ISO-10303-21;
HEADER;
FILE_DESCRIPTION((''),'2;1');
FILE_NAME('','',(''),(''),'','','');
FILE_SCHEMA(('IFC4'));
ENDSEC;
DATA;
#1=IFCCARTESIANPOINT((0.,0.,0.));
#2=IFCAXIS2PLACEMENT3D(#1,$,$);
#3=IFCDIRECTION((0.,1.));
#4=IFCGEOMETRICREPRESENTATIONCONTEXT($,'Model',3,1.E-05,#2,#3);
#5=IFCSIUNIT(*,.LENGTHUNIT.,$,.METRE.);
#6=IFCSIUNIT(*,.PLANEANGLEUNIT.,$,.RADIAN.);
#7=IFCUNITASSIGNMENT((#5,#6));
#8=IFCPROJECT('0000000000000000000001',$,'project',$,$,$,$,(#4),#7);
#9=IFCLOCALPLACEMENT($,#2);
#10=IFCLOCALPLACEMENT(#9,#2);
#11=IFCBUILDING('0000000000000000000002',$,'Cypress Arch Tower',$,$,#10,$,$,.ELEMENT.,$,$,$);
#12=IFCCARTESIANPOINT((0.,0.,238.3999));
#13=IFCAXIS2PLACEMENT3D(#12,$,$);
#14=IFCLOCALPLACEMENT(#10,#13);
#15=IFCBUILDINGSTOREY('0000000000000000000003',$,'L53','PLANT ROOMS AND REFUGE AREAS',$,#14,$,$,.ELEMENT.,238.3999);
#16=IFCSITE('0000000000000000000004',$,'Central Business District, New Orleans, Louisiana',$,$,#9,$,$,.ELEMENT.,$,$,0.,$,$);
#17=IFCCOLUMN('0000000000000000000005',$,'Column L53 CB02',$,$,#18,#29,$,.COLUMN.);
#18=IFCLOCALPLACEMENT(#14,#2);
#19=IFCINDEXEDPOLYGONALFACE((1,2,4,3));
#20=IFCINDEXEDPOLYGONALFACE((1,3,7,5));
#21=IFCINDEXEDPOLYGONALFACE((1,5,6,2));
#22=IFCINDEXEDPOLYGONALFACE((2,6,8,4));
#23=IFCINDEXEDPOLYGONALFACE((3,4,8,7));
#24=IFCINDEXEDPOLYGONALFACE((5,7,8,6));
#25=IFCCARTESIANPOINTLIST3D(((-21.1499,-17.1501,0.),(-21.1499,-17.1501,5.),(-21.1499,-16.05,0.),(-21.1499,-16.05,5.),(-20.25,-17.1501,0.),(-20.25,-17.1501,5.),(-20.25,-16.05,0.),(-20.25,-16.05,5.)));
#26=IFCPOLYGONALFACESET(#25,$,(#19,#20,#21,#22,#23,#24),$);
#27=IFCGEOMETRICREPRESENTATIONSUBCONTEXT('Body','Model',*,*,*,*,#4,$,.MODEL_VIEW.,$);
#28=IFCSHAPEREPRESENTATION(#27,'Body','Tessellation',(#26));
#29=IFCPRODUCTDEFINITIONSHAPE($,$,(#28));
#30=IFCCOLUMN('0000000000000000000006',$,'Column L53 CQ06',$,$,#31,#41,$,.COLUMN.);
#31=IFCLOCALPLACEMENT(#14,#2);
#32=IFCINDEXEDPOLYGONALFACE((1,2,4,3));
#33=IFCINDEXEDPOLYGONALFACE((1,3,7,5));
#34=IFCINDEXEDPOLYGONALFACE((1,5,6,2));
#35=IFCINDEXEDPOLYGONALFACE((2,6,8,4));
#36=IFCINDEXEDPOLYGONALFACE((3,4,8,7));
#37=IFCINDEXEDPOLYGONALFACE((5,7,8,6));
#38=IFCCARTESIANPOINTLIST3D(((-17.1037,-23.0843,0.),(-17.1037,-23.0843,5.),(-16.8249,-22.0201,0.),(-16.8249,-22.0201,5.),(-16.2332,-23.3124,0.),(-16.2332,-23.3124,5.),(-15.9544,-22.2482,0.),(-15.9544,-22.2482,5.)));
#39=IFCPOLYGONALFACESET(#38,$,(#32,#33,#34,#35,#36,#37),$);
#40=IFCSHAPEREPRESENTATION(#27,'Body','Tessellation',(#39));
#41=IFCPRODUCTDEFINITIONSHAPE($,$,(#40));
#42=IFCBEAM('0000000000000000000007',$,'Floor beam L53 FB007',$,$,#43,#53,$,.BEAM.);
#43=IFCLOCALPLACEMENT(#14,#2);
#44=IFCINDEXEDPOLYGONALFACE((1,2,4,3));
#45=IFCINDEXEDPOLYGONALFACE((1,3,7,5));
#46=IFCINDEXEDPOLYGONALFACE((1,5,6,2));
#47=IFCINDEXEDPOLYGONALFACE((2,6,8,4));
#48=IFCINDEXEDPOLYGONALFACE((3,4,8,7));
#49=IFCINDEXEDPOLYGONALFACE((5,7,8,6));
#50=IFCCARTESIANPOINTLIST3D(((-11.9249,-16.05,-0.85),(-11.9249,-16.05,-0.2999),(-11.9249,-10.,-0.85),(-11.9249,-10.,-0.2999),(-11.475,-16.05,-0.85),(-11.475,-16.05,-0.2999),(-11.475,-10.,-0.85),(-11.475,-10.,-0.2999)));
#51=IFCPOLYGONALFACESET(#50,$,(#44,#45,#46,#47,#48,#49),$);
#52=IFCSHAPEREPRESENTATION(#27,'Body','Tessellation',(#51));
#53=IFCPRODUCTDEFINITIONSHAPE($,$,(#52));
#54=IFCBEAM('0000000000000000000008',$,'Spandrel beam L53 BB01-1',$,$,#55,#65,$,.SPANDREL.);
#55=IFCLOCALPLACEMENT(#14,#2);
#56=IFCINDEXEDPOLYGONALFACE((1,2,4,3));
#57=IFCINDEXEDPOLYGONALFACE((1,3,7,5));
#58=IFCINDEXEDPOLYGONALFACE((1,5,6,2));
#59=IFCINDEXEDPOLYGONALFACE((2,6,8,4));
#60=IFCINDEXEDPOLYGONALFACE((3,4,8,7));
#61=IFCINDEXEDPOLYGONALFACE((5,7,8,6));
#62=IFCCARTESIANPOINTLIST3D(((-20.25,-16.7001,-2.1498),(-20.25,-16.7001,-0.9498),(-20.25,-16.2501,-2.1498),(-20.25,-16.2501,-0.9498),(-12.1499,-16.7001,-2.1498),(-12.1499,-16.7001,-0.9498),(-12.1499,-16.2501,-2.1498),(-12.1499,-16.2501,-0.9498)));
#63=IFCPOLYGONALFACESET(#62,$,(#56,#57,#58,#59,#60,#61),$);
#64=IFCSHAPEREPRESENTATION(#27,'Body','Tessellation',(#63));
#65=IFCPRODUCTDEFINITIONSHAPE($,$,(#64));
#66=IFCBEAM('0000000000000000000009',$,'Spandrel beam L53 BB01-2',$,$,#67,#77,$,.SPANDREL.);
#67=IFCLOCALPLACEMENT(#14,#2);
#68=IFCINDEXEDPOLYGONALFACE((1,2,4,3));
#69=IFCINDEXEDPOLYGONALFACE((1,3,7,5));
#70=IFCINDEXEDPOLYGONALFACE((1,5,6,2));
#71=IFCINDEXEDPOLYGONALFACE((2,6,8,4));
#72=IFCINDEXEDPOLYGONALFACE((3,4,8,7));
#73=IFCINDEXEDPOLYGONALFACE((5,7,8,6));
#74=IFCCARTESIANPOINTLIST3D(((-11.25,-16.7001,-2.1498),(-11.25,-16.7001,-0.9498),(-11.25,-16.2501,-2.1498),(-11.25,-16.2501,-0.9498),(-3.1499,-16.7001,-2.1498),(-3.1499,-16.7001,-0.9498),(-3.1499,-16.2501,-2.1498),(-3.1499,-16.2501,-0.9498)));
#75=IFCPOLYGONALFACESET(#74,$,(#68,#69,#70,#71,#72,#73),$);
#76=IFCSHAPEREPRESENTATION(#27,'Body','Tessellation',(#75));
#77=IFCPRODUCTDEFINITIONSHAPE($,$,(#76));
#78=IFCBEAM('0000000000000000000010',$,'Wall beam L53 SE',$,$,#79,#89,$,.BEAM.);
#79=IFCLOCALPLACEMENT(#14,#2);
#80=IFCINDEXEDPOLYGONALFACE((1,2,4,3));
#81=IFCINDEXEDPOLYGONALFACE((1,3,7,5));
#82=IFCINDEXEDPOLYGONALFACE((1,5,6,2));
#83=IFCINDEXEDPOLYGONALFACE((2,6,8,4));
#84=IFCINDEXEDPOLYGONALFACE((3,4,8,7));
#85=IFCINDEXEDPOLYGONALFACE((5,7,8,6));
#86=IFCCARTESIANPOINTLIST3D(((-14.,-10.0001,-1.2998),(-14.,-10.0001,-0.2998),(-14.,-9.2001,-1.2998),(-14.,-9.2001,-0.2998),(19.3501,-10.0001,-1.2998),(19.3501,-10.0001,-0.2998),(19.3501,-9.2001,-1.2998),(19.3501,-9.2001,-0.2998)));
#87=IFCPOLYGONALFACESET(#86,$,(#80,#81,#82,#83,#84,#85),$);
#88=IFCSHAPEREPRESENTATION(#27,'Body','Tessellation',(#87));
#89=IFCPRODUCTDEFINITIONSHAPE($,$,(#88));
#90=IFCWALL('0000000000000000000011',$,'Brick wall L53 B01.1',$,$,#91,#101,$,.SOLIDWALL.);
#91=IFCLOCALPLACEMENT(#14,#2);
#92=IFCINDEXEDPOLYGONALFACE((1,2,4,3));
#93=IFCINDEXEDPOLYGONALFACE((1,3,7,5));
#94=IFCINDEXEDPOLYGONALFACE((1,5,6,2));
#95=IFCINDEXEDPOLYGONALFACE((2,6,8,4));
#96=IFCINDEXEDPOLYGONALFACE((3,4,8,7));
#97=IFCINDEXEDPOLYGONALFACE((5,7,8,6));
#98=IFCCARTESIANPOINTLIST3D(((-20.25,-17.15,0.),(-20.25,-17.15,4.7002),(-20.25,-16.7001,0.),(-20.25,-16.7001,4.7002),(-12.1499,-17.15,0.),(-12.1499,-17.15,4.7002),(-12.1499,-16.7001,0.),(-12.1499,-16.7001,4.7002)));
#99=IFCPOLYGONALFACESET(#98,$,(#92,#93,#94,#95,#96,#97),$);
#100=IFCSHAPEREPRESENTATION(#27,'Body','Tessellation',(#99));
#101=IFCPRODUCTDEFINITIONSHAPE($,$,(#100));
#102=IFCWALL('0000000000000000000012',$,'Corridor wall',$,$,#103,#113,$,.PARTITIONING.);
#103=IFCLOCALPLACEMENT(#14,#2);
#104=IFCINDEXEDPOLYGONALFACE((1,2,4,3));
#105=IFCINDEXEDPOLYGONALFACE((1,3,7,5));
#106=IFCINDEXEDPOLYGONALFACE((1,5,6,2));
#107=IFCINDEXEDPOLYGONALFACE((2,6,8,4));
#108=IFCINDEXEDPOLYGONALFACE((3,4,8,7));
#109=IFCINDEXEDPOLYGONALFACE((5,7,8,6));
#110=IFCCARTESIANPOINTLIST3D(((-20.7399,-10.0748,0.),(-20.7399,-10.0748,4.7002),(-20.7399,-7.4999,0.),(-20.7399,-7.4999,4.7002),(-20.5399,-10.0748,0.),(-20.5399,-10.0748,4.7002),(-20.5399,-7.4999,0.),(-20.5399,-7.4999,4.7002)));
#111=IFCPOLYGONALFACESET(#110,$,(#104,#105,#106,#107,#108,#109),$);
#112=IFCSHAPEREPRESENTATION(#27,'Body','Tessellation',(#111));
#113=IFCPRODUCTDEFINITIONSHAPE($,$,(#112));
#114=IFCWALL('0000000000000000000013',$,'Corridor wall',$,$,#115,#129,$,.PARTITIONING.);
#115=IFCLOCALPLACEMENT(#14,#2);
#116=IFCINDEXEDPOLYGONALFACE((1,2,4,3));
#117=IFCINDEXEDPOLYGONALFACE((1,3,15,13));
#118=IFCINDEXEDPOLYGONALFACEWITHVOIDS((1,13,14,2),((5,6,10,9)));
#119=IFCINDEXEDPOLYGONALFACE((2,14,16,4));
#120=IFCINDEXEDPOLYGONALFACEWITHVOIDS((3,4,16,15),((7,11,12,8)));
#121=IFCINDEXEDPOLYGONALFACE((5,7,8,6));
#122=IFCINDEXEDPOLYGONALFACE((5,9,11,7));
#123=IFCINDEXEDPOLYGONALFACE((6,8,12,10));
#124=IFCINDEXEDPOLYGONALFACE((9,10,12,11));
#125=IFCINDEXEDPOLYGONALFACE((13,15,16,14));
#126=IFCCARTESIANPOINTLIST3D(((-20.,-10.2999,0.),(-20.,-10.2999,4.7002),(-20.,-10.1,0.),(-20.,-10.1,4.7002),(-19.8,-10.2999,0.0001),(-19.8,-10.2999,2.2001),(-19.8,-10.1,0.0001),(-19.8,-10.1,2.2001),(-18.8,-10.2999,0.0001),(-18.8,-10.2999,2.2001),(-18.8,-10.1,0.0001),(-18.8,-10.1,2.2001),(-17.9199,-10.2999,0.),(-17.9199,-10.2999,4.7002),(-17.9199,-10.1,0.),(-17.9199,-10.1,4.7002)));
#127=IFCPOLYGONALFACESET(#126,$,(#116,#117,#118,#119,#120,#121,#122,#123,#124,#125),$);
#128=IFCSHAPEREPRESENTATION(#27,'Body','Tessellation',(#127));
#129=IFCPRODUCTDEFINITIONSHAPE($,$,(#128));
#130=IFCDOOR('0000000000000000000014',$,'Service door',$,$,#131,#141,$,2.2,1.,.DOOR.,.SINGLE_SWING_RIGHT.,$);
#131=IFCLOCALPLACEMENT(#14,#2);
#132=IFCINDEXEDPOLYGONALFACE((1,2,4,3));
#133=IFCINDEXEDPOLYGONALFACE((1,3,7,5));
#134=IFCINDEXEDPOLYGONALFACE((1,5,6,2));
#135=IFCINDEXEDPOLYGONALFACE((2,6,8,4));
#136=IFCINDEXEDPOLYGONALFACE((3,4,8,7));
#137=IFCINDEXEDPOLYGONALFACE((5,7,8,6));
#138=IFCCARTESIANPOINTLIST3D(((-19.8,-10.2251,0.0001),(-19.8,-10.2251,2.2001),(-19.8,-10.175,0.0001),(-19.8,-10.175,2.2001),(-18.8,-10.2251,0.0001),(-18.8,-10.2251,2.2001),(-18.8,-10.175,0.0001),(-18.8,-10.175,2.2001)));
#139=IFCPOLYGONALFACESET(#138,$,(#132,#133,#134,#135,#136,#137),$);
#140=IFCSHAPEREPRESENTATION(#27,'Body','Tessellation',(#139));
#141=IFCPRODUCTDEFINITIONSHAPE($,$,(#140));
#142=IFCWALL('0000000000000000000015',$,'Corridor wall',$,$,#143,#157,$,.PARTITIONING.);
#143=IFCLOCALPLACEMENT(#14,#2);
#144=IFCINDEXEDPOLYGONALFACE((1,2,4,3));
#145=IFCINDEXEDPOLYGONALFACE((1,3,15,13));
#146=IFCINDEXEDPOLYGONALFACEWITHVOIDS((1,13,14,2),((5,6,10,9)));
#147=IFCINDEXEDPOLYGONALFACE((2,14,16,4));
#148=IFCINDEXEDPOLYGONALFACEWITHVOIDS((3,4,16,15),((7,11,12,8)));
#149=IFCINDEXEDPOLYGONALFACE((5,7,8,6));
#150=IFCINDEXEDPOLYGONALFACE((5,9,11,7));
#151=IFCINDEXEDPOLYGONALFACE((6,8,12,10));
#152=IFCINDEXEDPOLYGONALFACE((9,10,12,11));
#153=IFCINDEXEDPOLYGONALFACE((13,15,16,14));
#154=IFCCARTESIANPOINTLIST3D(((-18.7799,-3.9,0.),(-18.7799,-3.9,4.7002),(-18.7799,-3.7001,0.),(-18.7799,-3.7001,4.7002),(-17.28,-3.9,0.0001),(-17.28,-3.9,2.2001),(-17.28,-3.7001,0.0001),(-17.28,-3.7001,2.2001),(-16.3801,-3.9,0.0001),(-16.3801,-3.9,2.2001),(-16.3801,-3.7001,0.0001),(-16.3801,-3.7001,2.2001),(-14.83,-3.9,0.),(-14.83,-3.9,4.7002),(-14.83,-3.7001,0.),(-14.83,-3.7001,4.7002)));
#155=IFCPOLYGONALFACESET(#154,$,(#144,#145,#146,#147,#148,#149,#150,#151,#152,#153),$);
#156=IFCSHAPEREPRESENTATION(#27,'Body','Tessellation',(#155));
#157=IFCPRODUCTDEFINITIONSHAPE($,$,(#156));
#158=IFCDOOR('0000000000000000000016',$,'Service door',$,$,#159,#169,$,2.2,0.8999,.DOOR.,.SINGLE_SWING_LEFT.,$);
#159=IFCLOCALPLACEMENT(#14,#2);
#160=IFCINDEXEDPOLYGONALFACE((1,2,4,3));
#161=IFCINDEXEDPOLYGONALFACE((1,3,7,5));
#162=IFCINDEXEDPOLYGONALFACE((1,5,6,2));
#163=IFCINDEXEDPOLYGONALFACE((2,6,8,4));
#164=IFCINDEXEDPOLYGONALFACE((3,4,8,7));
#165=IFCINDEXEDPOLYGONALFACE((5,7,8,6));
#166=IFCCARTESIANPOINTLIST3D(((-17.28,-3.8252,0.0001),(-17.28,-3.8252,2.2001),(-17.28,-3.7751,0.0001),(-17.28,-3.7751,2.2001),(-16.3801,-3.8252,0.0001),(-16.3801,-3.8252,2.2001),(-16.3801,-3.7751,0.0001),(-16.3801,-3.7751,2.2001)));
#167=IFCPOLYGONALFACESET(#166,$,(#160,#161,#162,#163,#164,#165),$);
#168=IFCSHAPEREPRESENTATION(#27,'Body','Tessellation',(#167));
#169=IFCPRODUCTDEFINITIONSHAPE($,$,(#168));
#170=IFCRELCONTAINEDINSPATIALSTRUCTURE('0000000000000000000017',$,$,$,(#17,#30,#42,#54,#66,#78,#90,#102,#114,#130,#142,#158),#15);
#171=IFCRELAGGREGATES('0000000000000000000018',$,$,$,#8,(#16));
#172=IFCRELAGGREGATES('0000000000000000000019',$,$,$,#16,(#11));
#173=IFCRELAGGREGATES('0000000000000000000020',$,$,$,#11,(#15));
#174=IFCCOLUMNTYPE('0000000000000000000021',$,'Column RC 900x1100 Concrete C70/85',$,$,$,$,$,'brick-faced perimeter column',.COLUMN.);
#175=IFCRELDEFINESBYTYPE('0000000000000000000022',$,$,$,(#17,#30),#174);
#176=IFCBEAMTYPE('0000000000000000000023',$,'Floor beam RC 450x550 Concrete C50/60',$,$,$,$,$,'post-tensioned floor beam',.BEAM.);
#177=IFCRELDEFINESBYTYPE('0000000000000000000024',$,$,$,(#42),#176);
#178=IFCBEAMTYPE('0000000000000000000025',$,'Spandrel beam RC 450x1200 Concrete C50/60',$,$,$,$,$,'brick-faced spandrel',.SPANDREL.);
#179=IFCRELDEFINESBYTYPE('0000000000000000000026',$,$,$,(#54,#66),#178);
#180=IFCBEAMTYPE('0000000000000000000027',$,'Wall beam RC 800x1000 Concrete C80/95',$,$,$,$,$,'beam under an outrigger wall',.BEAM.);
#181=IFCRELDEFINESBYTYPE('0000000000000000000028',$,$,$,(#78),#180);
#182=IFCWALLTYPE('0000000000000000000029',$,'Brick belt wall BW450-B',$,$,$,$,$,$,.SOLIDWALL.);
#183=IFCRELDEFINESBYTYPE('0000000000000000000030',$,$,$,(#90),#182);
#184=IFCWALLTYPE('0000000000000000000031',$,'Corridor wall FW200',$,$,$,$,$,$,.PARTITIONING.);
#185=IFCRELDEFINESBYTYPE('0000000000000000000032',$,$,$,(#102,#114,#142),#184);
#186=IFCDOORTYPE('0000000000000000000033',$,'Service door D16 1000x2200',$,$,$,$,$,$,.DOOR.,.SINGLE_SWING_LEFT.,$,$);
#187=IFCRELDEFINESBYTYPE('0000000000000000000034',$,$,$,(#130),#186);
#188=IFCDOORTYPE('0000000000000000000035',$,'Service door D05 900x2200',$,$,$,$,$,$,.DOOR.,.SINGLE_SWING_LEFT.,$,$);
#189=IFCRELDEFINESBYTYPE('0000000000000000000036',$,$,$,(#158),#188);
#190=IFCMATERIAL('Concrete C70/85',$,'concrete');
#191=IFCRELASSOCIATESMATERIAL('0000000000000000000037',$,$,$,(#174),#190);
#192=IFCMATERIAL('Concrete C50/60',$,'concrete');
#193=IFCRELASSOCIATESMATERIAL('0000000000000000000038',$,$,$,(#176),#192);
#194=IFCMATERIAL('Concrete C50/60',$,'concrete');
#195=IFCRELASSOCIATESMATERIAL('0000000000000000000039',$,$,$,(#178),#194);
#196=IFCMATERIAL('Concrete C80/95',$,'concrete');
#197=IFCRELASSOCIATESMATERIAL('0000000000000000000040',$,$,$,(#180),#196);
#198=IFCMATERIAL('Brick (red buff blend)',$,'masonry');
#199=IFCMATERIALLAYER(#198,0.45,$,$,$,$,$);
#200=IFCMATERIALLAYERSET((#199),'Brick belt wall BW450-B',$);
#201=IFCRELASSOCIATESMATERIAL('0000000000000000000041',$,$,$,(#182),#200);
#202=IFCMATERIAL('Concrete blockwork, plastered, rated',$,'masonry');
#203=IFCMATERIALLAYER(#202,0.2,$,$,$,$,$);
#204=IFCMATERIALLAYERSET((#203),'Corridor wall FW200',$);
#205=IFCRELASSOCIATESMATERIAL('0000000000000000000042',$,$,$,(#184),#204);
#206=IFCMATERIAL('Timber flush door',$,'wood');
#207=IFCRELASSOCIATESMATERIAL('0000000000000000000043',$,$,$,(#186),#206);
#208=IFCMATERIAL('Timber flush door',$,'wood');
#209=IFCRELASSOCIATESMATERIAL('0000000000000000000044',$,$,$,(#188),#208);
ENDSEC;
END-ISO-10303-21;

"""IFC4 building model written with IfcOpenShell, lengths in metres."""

from ifc_helpers import new_model, si_unit, direction, frame, frame_2d, origin, origin_2d, place, context, subcontext, project, spatial, rectangle, extrude, material, layer, layer_set, material_profile, profile_set, type_object, element, fill, save


model = new_model("IFC4")

# Units and contexts
model_context = context("Model", 3, precision=1e-05, world=origin(), true_north=direction((0.0, 1.0)))
body_context = subcontext(model_context, "Body", "Model", "MODEL_VIEW")
ifc_project = project(units=[si_unit("LENGTHUNIT", "METRE"), si_unit("PLANEANGLEUNIT", "RADIAN")], contexts=[model_context])

# Site, building, storey
site_placement = place(None, origin())
site = spatial("IfcSite", under=ifc_project, at=site_placement, Name="Central Business District, New Orleans, Louisiana", CompositionType="ELEMENT", RefElevation=0.0)
building_placement = place(site_placement, origin())
building = spatial("IfcBuilding", under=site, at=building_placement, Name="Cypress Arch Tower", CompositionType="ELEMENT")
storey_placement = place(building_placement, frame((0.0, 0.0, 238.3999)))
storey = spatial("IfcBuildingStorey", under=building, at=storey_placement, Name="L53", Description="PLANT ROOMS AND REFUGE AREAS", CompositionType="ELEMENT", Elevation=238.3999)

# Columns
ifc_material_1 = material(Name="Concrete C70/85", Category="concrete")
ifc_material_profile_1 = material_profile(ifc_material_1, rectangle(XDim=0.8999, YDim=1.1001, at=origin_2d()), Name="RC 900x1100")
ifc_profile_set_1 = profile_set([ifc_material_profile_1], Name="Concrete C70/85")
column_type = type_object("IfcColumnType", Name="Column RC 900x1100 Concrete C70/85", ElementType="brick-faced perimeter column", PredefinedType="COLUMN", material=ifc_profile_set_1)
for number, where, z_axis, x_axis, name in (
    (1, (-20.7, -16.6001, 0.0), (0.0, 0.0, 1.0), (1.0, 0.0, 0.0), "Column L53 CB02"),
    (2, (-16.5291, -22.6663, 0.0), (0.0, 0.0, 1.0), (0.967356, -0.253422, 0.0), "Column L53 CQ06"),
):
    element("IfcColumn", number, at=place(storey_placement, frame(where, z_axis=z_axis, x_axis=x_axis)), inside=storey, type_object=column_type, Name=name, PredefinedType="COLUMN", context=body_context, shape_type="SweptSolid", body=[
        extrude(rectangle(XDim=0.8999, YDim=1.1001, at=origin_2d()), origin(), (0.0, 0.0, 1.0), 5.0),
    ])

# Beams
ifc_material_2 = material(Name="Concrete C50/60", Category="concrete")
ifc_material_profile_2 = material_profile(ifc_material_2, rectangle(XDim=0.45, YDim=0.55, at=origin_2d()), Name="RC 450x550")
ifc_profile_set_2 = profile_set([ifc_material_profile_2], Name="Concrete C50/60")
beam_type_1 = type_object("IfcBeamType", Name="Floor beam RC 450x550 Concrete C50/60", ElementType="post-tensioned floor beam", PredefinedType="BEAM", material=ifc_profile_set_2)
beam_1_placement = place(storey_placement, frame((-11.7, -16.05, -0.575), z_axis=(0.0, 1.0, 0.0), x_axis=(-1.0, 0.0, 0.0)))
element("IfcBeam", 3, at=beam_1_placement, inside=storey, type_object=beam_type_1, Name="Floor beam L53 FB007", PredefinedType="BEAM", context=body_context, shape_type="SweptSolid", body=[
    extrude(rectangle(XDim=0.45, YDim=0.55, at=origin_2d()), origin(), (0.0, 0.0, 1.0), 6.05),
])
ifc_material_3 = material(Name="Concrete C50/60", Category="concrete")
ifc_material_profile_3 = material_profile(ifc_material_3, rectangle(XDim=0.45, YDim=1.2, at=origin_2d()), Name="RC 450x1200")
ifc_profile_set_3 = profile_set([ifc_material_profile_3], Name="Concrete C50/60")
beam_type_2 = type_object("IfcBeamType", Name="Spandrel beam RC 450x1200 Concrete C50/60", ElementType="brick-faced spandrel", PredefinedType="SPANDREL", material=ifc_profile_set_3)
for number, where, z_axis, x_axis, name in (
    (4, (-20.25, -16.4751, -1.5498), (1.0, 0.0, 0.0), (0.0, 1.0, 0.0), "Spandrel beam L53 BB01-1"),
    (5, (-11.25, -16.4751, -1.5498), (1.0, 0.0, 0.0), (0.0, 1.0, 0.0), "Spandrel beam L53 BB01-2"),
):
    element("IfcBeam", number, at=place(storey_placement, frame(where, z_axis=z_axis, x_axis=x_axis)), inside=storey, type_object=beam_type_2, Name=name, PredefinedType="SPANDREL", context=body_context, shape_type="SweptSolid", body=[
        extrude(rectangle(XDim=0.45, YDim=1.2, at=origin_2d()), origin(), (0.0, 0.0, 1.0), 8.1001),
    ])
ifc_material_4 = material(Name="Concrete C80/95", Category="concrete")
ifc_material_profile_4 = material_profile(ifc_material_4, rectangle(XDim=0.8, YDim=1.0, at=origin_2d()), Name="RC 800x1000")
ifc_profile_set_4 = profile_set([ifc_material_profile_4], Name="Concrete C80/95")
beam_type_3 = type_object("IfcBeamType", Name="Wall beam RC 800x1000 Concrete C80/95", ElementType="beam under an outrigger wall", PredefinedType="BEAM", material=ifc_profile_set_4)
beam_2_placement = place(storey_placement, frame((-14.0, -9.6001, -0.7998), z_axis=(1.0, 0.0, 0.0), x_axis=(0.0, 1.0, 0.0)))
element("IfcBeam", 6, at=beam_2_placement, inside=storey, type_object=beam_type_3, Name="Wall beam L53 SE", PredefinedType="BEAM", context=body_context, shape_type="SweptSolid", body=[
    extrude(rectangle(XDim=0.8, YDim=1.0, at=origin_2d()), origin(), (0.0, 0.0, 1.0), 33.3501),
])

# Wall
ifc_material_5 = material(Name="Brick (red buff blend)", Category="masonry")
ifc_layer_1 = layer(ifc_material_5, 0.45)
ifc_layer_set_1 = layer_set([ifc_layer_1], Name="Brick belt wall BW450-B")
wall_type_1 = type_object("IfcWallType", Name="Brick belt wall BW450-B", PredefinedType="SOLIDWALL", material=ifc_layer_set_1)
wall_1_placement = place(storey_placement, frame((-20.25, -16.925, 0.0), z_axis=(0.0, 0.0, 1.0), x_axis=(1.0, 0.0, 0.0)))
element("IfcWall", 7, at=wall_1_placement, inside=storey, type_object=wall_type_1, Name="Brick wall L53 B01.1", PredefinedType="SOLIDWALL", context=body_context, shape_type="SweptSolid", body=[
    extrude(rectangle(XDim=8.1001, YDim=0.45, at=frame_2d((4.05, 0.0))), origin(), (0.0, 0.0, 1.0), 4.7002),
])

# Wall
ifc_material_6 = material(Name="Concrete blockwork, plastered, rated", Category="masonry")
ifc_layer_2 = layer(ifc_material_6, 0.2)
ifc_layer_set_2 = layer_set([ifc_layer_2], Name="Corridor wall FW200")
wall_type_2 = type_object("IfcWallType", Name="Corridor wall FW200", PredefinedType="PARTITIONING", material=ifc_layer_set_2)
wall_2_placement = place(storey_placement, frame((-20.6399, -10.075, 0.0), z_axis=(0.0, 0.0, 1.0), x_axis=(0.0, 1.0, 0.0)))
element("IfcWall", 8, at=wall_2_placement, inside=storey, type_object=wall_type_2, Name="Corridor wall", PredefinedType="PARTITIONING", context=body_context, shape_type="SweptSolid", body=[
    extrude(rectangle(XDim=2.575, YDim=0.2, at=frame_2d((1.2876, 0.0))), origin(), (0.0, 0.0, 1.0), 4.7002),
])

# Walls, openings, doors
wall_3_placement = place(storey_placement, frame((-20.0, -10.2, 0.0), z_axis=(0.0, 0.0, 1.0), x_axis=(1.0, 0.0, 0.0)))
wall_3 = element("IfcWall", 9, at=wall_3_placement, inside=storey, type_object=wall_type_2, Name="Corridor wall", PredefinedType="PARTITIONING", context=body_context, shape_type="SweptSolid", body=[
    extrude(rectangle(XDim=2.0801, YDim=0.2, at=frame_2d((1.04, 0.0))), origin(), (0.0, 0.0, 1.0), 4.7002),
])
opening_1_placement = place(wall_3_placement, frame((0.2, 0.0, 0.0)))
opening_1 = element("IfcOpeningElement", 10, at=opening_1_placement, cuts=wall_3, PredefinedType="OPENING", context=body_context, shape_type="SweptSolid", body=[
    extrude(rectangle(XDim=1.0, YDim=2.2, at=frame_2d((0.5, 1.1001))), frame((0.0, 0.1099, 0.0), z_axis=(0.0, -1.0, 0.0), x_axis=(1.0, 0.0, 0.0)), (0.0, 0.0, 1.0), 0.22),
])
ifc_material_7 = material(Name="Timber flush door", Category="wood")
door_type_1 = type_object("IfcDoorType", Name="Service door D16 1000x2200", OperationType="SINGLE_SWING_LEFT", PredefinedType="DOOR", material=ifc_material_7)
door_1_placement = place(opening_1_placement, origin())
door_1 = element("IfcDoor", 11, at=door_1_placement, inside=storey, type_object=door_type_1, Name="Service door", OperationType="SINGLE_SWING_RIGHT", OverallHeight=2.2, OverallWidth=1.0, PredefinedType="DOOR", context=body_context, shape_type="SweptSolid", body=[
    extrude(rectangle(XDim=1.0, YDim=2.2, at=frame_2d((0.5, 1.1001))), frame((0.0, 0.0249, 0.0), z_axis=(0.0, -1.0, 0.0), x_axis=(1.0, 0.0, 0.0)), (0.0, 0.0, 1.0), 0.05),
])
fill(opening_1, door_1)
wall_4_placement = place(storey_placement, frame((-18.78, -3.8, 0.0), z_axis=(0.0, 0.0, 1.0), x_axis=(1.0, 0.0, 0.0)))
wall_4 = element("IfcWall", 12, at=wall_4_placement, inside=storey, type_object=wall_type_2, Name="Corridor wall", PredefinedType="PARTITIONING", context=body_context, shape_type="SweptSolid", body=[
    extrude(rectangle(XDim=3.95, YDim=0.2, at=frame_2d((1.9751, 0.0))), origin(), (0.0, 0.0, 1.0), 4.7002),
])
opening_2_placement = place(wall_4_placement, frame((1.5, 0.0, 0.0)))
opening_2 = element("IfcOpeningElement", 13, at=opening_2_placement, cuts=wall_4, PredefinedType="OPENING", context=body_context, shape_type="SweptSolid", body=[
    extrude(rectangle(XDim=0.8999, YDim=2.2, at=frame_2d((0.45, 1.1001))), frame((0.0, 0.1099, 0.0), z_axis=(0.0, -1.0, 0.0), x_axis=(1.0, 0.0, 0.0)), (0.0, 0.0, 1.0), 0.22),
])
ifc_material_8 = material(Name="Timber flush door", Category="wood")
door_type_2 = type_object("IfcDoorType", Name="Service door D05 900x2200", OperationType="SINGLE_SWING_LEFT", PredefinedType="DOOR", material=ifc_material_8)
door_2_placement = place(opening_2_placement, origin())
door_2 = element("IfcDoor", 14, at=door_2_placement, inside=storey, type_object=door_type_2, Name="Service door", OperationType="SINGLE_SWING_LEFT", OverallHeight=2.2, OverallWidth=0.8999, PredefinedType="DOOR", context=body_context, shape_type="SweptSolid", body=[
    extrude(rectangle(XDim=0.8999, YDim=2.2, at=frame_2d((0.45, 1.1001))), frame((0.0, 0.0249, 0.0), z_axis=(0.0, -1.0, 0.0), x_axis=(1.0, 0.0, 0.0)), (0.0, 0.0, 1.0), 0.05),
])
fill(opening_2, door_2)

save(model, "model.ifc")
